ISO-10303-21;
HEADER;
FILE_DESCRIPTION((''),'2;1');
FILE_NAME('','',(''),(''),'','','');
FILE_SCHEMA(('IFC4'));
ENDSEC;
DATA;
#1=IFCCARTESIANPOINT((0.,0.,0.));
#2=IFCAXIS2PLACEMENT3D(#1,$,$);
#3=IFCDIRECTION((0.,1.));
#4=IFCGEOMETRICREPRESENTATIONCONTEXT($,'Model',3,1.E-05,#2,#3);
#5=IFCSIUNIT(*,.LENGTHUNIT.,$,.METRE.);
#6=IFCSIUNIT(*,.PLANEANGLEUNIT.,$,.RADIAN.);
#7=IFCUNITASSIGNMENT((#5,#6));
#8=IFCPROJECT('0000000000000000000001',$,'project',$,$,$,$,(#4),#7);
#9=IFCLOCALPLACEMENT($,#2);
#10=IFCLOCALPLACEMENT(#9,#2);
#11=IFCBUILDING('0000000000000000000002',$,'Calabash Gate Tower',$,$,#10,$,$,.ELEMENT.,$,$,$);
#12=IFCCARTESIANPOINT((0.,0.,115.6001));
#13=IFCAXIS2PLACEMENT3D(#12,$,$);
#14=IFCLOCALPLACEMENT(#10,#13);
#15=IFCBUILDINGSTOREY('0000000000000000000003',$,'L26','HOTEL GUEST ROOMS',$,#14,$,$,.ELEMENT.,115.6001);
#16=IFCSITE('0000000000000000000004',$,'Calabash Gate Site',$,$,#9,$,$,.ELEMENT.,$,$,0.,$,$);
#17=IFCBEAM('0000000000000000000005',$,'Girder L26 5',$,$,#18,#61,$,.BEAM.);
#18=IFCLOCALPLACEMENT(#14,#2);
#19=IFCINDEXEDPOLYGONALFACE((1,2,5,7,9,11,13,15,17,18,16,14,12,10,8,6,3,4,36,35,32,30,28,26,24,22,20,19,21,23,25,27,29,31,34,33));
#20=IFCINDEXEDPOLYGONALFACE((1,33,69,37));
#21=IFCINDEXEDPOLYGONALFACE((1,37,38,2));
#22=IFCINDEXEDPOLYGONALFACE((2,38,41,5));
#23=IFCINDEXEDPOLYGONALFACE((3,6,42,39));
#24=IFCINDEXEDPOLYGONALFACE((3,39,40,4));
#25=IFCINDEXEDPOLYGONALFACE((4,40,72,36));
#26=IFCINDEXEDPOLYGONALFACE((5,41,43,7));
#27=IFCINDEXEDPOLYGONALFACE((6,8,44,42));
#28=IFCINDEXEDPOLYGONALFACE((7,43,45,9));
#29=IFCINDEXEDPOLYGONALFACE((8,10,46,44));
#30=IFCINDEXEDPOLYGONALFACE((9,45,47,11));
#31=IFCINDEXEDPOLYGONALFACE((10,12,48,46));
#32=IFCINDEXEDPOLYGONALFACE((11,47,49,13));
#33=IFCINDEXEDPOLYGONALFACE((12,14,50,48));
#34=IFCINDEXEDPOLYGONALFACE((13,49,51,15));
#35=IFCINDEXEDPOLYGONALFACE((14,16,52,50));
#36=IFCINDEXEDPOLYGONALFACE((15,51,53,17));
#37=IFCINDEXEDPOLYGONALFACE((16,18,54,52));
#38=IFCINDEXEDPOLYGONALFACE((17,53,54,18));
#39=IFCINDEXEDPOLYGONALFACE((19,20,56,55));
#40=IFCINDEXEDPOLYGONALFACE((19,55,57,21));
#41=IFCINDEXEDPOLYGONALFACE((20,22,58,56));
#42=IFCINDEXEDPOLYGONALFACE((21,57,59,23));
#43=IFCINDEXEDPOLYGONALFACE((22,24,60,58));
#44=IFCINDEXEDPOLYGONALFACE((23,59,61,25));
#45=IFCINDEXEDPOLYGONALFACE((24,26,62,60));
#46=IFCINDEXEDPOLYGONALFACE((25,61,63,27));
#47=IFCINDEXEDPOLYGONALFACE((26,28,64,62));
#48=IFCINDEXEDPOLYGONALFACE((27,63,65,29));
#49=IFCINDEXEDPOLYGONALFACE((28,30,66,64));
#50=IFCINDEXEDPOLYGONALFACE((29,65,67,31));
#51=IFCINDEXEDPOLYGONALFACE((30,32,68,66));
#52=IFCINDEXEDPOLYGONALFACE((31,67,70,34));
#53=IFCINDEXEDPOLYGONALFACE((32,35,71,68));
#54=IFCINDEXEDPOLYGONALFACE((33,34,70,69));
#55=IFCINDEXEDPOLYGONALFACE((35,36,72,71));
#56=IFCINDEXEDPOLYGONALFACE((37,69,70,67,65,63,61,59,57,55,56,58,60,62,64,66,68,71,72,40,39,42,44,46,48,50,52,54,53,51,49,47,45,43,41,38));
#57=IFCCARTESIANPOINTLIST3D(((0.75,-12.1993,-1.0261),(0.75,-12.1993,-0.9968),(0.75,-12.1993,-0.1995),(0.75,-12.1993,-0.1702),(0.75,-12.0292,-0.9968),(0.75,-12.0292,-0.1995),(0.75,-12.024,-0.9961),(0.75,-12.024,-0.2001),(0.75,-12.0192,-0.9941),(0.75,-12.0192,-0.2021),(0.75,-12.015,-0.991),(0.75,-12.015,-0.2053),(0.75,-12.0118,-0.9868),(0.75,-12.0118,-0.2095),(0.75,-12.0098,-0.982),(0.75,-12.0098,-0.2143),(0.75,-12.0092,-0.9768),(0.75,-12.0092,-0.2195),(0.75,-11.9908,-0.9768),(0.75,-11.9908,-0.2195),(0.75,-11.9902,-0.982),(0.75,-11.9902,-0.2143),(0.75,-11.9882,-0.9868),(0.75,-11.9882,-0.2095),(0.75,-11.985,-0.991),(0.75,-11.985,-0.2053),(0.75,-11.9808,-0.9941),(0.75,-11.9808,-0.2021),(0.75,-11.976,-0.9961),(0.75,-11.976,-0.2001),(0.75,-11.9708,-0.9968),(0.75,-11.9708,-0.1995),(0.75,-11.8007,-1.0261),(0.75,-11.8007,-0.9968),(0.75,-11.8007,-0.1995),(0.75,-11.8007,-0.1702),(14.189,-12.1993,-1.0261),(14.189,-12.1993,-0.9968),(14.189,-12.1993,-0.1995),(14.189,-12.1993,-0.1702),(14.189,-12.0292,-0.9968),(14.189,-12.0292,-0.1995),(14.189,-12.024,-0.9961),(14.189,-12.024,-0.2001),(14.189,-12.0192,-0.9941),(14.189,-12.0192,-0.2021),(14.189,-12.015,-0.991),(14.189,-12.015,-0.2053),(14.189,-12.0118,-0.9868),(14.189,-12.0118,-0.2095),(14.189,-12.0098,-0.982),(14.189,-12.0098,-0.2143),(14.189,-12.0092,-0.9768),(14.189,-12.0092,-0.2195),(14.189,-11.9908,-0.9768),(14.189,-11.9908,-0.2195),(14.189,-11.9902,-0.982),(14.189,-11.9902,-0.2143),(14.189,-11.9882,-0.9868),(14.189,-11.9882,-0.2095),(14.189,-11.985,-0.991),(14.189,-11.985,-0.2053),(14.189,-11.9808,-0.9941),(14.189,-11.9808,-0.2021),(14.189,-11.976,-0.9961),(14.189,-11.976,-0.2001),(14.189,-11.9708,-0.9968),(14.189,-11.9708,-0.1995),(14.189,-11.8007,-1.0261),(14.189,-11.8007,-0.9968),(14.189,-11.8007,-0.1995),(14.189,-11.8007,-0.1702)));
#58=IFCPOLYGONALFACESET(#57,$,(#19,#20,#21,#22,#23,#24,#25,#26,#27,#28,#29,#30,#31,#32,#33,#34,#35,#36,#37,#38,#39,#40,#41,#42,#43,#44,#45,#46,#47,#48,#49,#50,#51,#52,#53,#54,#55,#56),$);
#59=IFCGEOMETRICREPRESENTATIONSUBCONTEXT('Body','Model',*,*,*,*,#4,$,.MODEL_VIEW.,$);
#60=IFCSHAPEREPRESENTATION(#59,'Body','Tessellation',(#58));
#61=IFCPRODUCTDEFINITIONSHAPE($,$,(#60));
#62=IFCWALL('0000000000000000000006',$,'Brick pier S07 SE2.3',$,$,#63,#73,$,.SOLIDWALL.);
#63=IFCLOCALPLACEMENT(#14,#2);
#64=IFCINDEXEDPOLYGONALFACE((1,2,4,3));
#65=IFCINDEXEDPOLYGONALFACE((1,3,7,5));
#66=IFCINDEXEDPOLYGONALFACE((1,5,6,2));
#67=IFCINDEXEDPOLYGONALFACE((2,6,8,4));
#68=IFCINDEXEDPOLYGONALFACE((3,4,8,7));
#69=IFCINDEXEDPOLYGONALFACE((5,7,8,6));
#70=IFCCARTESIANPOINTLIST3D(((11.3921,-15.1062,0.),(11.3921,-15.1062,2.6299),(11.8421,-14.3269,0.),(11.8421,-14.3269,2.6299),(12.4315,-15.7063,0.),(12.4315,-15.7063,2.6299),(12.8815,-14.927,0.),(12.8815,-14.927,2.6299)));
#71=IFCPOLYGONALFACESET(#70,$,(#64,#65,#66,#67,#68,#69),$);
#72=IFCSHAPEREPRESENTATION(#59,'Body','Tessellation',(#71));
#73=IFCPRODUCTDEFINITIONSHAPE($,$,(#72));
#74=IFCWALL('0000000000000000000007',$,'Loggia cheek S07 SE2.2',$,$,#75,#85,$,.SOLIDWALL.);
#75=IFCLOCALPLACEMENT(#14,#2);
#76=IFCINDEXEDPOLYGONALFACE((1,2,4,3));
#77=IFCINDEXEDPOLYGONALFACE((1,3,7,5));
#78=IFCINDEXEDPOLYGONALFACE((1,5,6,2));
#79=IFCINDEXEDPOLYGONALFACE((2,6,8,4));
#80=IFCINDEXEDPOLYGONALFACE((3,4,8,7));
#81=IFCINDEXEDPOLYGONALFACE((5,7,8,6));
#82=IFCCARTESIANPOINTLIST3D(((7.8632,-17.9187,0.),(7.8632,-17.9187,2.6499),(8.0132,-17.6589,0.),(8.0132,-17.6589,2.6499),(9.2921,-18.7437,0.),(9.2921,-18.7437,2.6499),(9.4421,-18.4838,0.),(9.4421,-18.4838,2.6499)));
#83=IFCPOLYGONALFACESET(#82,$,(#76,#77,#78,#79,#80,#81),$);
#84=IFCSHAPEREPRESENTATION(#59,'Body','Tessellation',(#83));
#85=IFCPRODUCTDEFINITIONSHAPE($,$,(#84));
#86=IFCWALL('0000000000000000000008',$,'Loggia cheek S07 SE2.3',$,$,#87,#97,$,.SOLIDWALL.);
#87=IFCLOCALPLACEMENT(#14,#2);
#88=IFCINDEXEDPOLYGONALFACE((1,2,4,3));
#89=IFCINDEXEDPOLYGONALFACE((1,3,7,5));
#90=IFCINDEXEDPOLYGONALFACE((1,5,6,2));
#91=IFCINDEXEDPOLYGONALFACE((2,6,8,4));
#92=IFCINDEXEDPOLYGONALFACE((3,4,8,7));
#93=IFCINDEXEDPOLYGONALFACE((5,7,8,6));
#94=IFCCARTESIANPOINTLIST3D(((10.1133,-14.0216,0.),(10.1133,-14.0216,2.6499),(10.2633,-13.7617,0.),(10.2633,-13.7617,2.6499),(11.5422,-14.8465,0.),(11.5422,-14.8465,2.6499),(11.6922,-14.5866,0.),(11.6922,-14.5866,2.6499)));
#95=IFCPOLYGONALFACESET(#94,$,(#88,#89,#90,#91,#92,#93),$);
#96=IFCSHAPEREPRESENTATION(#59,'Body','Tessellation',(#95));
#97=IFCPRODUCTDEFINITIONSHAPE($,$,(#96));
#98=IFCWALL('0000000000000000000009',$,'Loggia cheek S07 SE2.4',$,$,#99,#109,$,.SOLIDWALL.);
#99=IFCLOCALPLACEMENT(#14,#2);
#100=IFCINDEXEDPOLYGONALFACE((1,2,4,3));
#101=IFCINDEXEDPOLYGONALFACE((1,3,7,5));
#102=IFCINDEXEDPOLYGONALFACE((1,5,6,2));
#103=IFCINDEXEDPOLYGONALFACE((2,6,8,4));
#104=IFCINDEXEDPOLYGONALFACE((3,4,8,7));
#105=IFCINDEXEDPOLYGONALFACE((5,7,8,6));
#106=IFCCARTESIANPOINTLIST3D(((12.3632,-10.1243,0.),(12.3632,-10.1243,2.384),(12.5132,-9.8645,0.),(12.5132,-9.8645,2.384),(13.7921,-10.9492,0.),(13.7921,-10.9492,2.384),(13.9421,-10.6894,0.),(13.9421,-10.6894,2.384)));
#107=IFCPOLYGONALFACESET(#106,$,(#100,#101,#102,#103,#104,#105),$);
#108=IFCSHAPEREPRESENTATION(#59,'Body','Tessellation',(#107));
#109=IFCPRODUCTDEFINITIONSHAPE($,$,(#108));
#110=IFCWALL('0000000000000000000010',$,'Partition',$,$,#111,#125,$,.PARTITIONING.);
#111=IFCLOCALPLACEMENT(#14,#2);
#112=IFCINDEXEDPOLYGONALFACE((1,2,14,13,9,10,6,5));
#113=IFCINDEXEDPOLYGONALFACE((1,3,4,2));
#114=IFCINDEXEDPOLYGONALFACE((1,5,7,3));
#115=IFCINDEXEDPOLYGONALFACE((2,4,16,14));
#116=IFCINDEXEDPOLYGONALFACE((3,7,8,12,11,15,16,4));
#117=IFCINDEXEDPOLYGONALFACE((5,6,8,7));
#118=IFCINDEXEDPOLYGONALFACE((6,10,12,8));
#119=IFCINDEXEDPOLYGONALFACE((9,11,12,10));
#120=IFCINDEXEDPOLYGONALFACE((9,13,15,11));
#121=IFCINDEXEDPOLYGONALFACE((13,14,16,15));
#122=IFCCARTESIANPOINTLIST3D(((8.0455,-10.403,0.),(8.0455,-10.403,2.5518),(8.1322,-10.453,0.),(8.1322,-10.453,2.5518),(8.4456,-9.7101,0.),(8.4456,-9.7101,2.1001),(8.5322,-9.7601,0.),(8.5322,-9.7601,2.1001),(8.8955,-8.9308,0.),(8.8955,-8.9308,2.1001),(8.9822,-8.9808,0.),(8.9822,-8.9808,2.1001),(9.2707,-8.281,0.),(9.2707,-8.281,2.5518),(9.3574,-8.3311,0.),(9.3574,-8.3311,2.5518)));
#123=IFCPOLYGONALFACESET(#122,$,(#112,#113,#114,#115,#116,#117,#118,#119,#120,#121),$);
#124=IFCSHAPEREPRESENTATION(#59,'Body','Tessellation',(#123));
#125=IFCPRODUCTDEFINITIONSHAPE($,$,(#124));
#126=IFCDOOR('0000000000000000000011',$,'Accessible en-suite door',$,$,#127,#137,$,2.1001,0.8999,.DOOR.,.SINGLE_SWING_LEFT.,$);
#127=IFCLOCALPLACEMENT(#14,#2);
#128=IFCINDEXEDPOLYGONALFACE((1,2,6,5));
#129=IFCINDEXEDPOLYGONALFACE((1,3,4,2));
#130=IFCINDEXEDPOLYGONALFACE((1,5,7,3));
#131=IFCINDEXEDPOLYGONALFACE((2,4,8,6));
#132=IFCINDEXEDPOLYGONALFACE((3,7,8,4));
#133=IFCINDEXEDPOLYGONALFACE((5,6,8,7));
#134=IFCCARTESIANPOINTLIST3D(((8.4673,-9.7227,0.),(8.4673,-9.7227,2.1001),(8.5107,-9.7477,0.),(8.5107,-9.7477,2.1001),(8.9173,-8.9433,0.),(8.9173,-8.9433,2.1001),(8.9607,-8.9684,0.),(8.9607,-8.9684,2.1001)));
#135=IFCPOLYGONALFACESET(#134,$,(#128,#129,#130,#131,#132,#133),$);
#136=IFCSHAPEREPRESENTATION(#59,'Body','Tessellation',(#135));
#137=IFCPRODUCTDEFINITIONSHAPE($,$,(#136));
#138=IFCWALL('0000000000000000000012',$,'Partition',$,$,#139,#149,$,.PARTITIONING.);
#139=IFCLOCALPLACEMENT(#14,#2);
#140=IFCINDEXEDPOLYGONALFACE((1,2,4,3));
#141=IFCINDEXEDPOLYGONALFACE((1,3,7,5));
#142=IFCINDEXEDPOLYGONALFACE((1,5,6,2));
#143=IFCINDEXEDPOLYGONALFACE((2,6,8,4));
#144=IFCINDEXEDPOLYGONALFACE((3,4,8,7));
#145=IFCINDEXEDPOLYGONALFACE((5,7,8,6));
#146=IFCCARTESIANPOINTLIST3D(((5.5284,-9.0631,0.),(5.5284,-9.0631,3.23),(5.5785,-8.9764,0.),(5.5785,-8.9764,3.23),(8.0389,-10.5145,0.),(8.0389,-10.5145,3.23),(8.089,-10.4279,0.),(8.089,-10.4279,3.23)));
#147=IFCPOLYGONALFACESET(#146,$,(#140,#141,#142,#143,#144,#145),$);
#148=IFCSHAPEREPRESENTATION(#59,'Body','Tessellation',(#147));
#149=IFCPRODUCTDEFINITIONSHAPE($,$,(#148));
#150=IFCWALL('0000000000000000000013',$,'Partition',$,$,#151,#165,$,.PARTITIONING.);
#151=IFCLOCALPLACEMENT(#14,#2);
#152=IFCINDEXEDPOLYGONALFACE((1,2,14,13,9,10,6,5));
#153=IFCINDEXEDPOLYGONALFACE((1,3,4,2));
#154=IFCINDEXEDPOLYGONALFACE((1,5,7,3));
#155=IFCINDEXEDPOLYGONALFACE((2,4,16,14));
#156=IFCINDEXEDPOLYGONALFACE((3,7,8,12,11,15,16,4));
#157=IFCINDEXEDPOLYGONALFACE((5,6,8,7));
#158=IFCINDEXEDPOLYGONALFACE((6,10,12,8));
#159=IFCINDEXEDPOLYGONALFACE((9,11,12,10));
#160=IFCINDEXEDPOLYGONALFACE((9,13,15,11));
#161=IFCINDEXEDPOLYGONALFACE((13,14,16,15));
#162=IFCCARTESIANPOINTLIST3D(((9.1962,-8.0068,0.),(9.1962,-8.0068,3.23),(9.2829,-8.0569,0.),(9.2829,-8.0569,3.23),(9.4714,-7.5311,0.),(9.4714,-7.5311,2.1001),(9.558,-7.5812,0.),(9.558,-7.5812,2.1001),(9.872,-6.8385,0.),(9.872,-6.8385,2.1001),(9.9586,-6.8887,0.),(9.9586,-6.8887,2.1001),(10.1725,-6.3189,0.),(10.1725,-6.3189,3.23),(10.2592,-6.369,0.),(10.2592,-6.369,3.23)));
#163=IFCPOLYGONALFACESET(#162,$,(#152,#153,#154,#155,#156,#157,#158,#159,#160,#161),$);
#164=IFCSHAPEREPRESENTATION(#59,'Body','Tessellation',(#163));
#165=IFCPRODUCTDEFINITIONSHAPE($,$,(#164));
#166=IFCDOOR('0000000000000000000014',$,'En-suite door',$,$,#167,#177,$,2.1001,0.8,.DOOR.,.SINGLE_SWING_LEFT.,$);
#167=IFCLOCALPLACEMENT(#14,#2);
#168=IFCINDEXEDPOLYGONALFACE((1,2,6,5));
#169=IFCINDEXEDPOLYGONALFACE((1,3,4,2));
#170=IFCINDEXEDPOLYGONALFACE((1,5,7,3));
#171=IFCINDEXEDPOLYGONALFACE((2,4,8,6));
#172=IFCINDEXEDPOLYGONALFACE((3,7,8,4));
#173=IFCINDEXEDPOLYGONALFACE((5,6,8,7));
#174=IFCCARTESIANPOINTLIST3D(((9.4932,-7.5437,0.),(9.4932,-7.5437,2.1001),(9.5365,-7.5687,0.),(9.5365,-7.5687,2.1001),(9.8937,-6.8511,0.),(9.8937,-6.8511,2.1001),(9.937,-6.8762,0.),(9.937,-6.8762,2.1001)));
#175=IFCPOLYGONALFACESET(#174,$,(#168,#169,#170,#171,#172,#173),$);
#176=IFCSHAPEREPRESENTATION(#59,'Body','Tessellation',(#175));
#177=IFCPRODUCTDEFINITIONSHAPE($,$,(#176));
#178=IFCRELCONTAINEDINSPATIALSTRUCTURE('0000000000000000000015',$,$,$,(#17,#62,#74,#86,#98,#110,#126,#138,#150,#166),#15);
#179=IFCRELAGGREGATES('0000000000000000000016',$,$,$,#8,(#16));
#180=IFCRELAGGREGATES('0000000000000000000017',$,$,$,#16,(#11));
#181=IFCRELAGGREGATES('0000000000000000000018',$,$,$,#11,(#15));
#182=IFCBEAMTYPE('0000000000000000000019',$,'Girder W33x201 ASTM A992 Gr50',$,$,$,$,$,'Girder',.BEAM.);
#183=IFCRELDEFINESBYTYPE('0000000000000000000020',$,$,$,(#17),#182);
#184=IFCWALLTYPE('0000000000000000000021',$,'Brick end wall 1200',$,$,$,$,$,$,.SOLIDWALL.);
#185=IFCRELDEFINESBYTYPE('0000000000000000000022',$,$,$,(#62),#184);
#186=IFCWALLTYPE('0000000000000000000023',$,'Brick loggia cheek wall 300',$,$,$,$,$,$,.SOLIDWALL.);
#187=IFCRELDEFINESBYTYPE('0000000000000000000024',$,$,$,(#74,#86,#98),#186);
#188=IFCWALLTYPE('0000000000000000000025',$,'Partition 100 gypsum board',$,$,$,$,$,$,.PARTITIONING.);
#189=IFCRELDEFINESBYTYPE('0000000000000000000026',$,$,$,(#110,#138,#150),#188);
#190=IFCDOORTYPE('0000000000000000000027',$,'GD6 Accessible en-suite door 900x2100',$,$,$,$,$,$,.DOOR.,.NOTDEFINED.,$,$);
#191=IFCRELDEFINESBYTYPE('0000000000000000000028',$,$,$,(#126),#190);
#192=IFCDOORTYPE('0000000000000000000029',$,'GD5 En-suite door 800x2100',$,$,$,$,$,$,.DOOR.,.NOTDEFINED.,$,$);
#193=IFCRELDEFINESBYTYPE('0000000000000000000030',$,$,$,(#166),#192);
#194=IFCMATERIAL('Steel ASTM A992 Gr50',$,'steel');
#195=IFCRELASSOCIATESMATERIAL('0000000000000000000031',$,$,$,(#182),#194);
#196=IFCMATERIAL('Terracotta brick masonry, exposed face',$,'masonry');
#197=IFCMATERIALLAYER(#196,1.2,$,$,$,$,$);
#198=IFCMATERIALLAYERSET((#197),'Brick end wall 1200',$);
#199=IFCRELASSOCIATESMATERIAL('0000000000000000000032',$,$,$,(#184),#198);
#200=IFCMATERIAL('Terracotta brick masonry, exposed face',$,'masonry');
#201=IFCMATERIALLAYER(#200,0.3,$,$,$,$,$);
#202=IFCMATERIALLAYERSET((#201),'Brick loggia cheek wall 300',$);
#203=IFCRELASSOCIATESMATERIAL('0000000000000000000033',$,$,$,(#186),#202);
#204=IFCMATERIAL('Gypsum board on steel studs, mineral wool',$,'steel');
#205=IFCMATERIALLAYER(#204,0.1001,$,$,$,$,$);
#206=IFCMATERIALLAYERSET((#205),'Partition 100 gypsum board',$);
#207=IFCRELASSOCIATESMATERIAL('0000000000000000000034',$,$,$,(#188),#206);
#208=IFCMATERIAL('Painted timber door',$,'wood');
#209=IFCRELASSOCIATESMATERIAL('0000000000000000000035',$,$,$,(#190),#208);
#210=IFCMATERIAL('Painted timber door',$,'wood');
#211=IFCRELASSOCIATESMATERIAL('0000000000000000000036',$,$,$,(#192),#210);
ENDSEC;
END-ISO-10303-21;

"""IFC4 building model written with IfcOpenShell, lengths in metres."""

from ifc_helpers import new_model, si_unit, direction, frame, frame_2d, origin, origin_2d, place, context, subcontext, project, spatial, rectangle, i_section, extrude, material, layer, layer_set, material_profile, profile_set, type_object, element, fill, save


model = new_model("IFC4")

# Units and contexts
model_context = context("Model", 3, precision=1e-05, world=origin(), true_north=direction((0.0, 1.0)))
body_context = subcontext(model_context, "Body", "Model", "MODEL_VIEW")
ifc_project = project(units=[si_unit("LENGTHUNIT", "METRE"), si_unit("PLANEANGLEUNIT", "RADIAN")], contexts=[model_context])

# Site, building, storey
site_placement = place(None, origin())
site = spatial("IfcSite", under=ifc_project, at=site_placement, Name="Calabash Gate Site", CompositionType="ELEMENT", RefElevation=0.0)
building_placement = place(site_placement, origin())
building = spatial("IfcBuilding", under=site, at=building_placement, Name="Calabash Gate Tower", CompositionType="ELEMENT")
storey_placement = place(building_placement, frame((0.0, 0.0, 115.6001)))
storey = spatial("IfcBuildingStorey", under=building, at=storey_placement, Name="L26", Description="HOTEL GUEST ROOMS", CompositionType="ELEMENT", Elevation=115.6001)

# Beam
ifc_material_1 = material(Name="Steel ASTM A992 Gr50", Category="steel")
ifc_material_profile_1 = material_profile(ifc_material_1, i_section(OverallWidth=0.3987, OverallDepth=0.856, WebThickness=0.0183, FlangeThickness=0.0293, FilletRadius=0.02, at=origin_2d()))
ifc_profile_set_1 = profile_set([ifc_material_profile_1], Name="Steel ASTM A992 Gr50")
beam_type_1 = type_object("IfcBeamType", Name="Girder W33x201 ASTM A992 Gr50", ElementType="Girder", PredefinedType="BEAM", material=ifc_profile_set_1)
beam_1_placement = place(storey_placement, frame((0.75, -12.0, -0.5981), z_axis=(1.0, 0.0, 0.0), x_axis=(0.0, 1.0, 0.0)))
element("IfcBeam", 1, at=beam_1_placement, inside=storey, type_object=beam_type_1, Name="Girder L26 5", PredefinedType="BEAM", context=body_context, shape_type="SweptSolid", body=[
    extrude(i_section(OverallWidth=0.3987, OverallDepth=0.856, WebThickness=0.0183, FlangeThickness=0.0293, FilletRadius=0.02, at=origin_2d()), origin(), (0.0, 0.0, 1.0), 13.439),
])

# Walls
ifc_material_2 = material(Name="Terracotta brick masonry, exposed face", Category="masonry")
ifc_layer_1 = layer(ifc_material_2, 1.2)
ifc_layer_set_1 = layer_set([ifc_layer_1], Name="Brick end wall 1200")
wall_type_1 = type_object("IfcWallType", Name="Brick end wall 1200", PredefinedType="SOLIDWALL", material=ifc_layer_set_1)
wall_1_placement = place(storey_placement, frame((12.6565, -15.3167, 0.0), z_axis=(0.0, 0.0, 1.0), x_axis=(-0.866006, 0.500034, 0.0)))
element("IfcWall", 2, at=wall_1_placement, inside=storey, type_object=wall_type_1, Name="Brick pier S07 SE2.3", PredefinedType="SOLIDWALL", context=body_context, shape_type="SweptSolid", body=[
    extrude(rectangle(XDim=1.2002, YDim=0.8999, at=frame_2d((0.6001, 0.0))), origin(), (0.0, 0.0, 1.0), 2.6299),
])
ifc_material_3 = material(Name="Terracotta brick masonry, exposed face", Category="masonry")
ifc_layer_2 = layer(ifc_material_3, 0.3)
ifc_layer_set_2 = layer_set([ifc_layer_2], Name="Brick loggia cheek wall 300")
wall_type_2 = type_object("IfcWallType", Name="Brick loggia cheek wall 300", PredefinedType="SOLIDWALL", material=ifc_layer_set_2)
for number, where, z_axis, x_axis, name in (
    (3, (7.9382, -17.7888, 0.0), (0.0, 0.0, 1.0), (0.86604, -0.499974, 0.0), "Loggia cheek S07 SE2.2"),
    (4, (11.6172, -14.7166, 0.0), (0.0, 0.0, 1.0), (-0.86604, 0.499974, 0.0), "Loggia cheek S07 SE2.3"),
):
    element("IfcWall", number, at=place(storey_placement, frame(where, z_axis=z_axis, x_axis=x_axis)), inside=storey, type_object=wall_type_2, Name=name, PredefinedType="SOLIDWALL", context=body_context, shape_type="SweptSolid", body=[
        extrude(rectangle(XDim=1.6499, YDim=0.3, at=frame_2d((0.825, 0.0))), origin(), (0.0, 0.0, 1.0), 2.6499),
    ])
wall_2_placement = place(storey_placement, frame((12.4382, -9.9944, 0.0), z_axis=(0.0, 0.0, 1.0), x_axis=(0.86604, -0.499974, 0.0)))
element("IfcWall", 5, at=wall_2_placement, inside=storey, type_object=wall_type_2, Name="Loggia cheek S07 SE2.4", PredefinedType="SOLIDWALL", context=body_context, shape_type="SweptSolid", body=[
    extrude(rectangle(XDim=1.6499, YDim=0.3, at=frame_2d((0.825, 0.0))), origin(), (0.0, 0.0, 1.0), 2.384),
])

# Wall, opening, door
ifc_material_4 = material(Name="Gypsum board on steel studs, mineral wool", Category="steel")
ifc_layer_3 = layer(ifc_material_4, 0.1001)
ifc_layer_set_3 = layer_set([ifc_layer_3], Name="Partition 100 gypsum board")
wall_type_3 = type_object("IfcWallType", Name="Partition 100 gypsum board", PredefinedType="PARTITIONING", material=ifc_layer_set_3)
wall_3_placement = place(storey_placement, frame((8.0889, -10.428, 0.0), z_axis=(0.0, 0.0, 1.0), x_axis=(0.500019, 0.866015, 0.0)))
wall_3 = element("IfcWall", 6, at=wall_3_placement, inside=storey, type_object=wall_type_3, Name="Partition", PredefinedType="PARTITIONING", context=body_context, shape_type="SweptSolid", body=[
    extrude(rectangle(XDim=2.4502, YDim=0.1001, at=frame_2d((1.2251, 0.0))), origin(), (0.0, 0.0, 1.0), 2.5518),
])
opening_1_placement = place(wall_3_placement, frame((0.8, 0.0, 0.0)))
opening_1 = element("IfcOpeningElement", 7, at=opening_1_placement, cuts=wall_3, PredefinedType="OPENING", context=body_context, shape_type="SweptSolid", body=[
    extrude(rectangle(XDim=0.8999, YDim=2.1001, at=frame_2d((0.45, 1.05))), frame((0.0, 0.0601, 0.0), z_axis=(0.0, -1.0, 0.0), x_axis=(1.0, 0.0, 0.0)), (0.0, 0.0, 1.0), 0.1201),
])
ifc_material_5 = material(Name="Painted timber door", Category="wood")
door_type_1 = type_object("IfcDoorType", Name="GD6 Accessible en-suite door 900x2100", OperationType="NOTDEFINED", PredefinedType="DOOR", material=ifc_material_5)
door_1_placement = place(opening_1_placement, origin())
door_1 = element("IfcDoor", 8, at=door_1_placement, inside=storey, type_object=door_type_1, Name="Accessible en-suite door", OperationType="SINGLE_SWING_LEFT", OverallHeight=2.1001, OverallWidth=0.8999, PredefinedType="DOOR", context=body_context, shape_type="SweptSolid", body=[
    extrude(rectangle(XDim=0.8999, YDim=2.1001, at=frame_2d((0.45, 1.05))), frame((0.0, 0.0249, 0.0), z_axis=(0.0, -1.0, 0.0), x_axis=(1.0, 0.0, 0.0)), (0.0, 0.0, 1.0), 0.05),
])
fill(opening_1, door_1)

# Wall
wall_4_placement = place(storey_placement, frame((5.5535, -9.0198, 0.0), z_axis=(0.0, 0.0, 1.0), x_axis=(0.86573, -0.500512, 0.0)))
element("IfcWall", 9, at=wall_4_placement, inside=storey, type_object=wall_type_3, Name="Partition", PredefinedType="PARTITIONING", context=body_context, shape_type="SweptSolid", body=[
    extrude(rectangle(XDim=2.8999, YDim=0.1001, at=frame_2d((1.45, 0.0))), origin(), (0.0, 0.0, 1.0), 3.23),
])

# Wall, opening, door
wall_5_placement = place(storey_placement, frame((9.2395, -8.032, 0.0), z_axis=(0.0, 0.0, 1.0), x_axis=(0.500676, 0.865635, 0.0)))
wall_5 = element("IfcWall", 10, at=wall_5_placement, inside=storey, type_object=wall_type_3, Name="Partition", PredefinedType="PARTITIONING", context=body_context, shape_type="SweptSolid", body=[
    extrude(rectangle(XDim=1.95, YDim=0.1001, at=frame_2d((0.9751, 0.0))), origin(), (0.0, 0.0, 1.0), 3.23),
])
opening_2_placement = place(wall_5_placement, frame((0.5498, 0.0, 0.0)))
opening_2 = element("IfcOpeningElement", 11, at=opening_2_placement, cuts=wall_5, PredefinedType="OPENING", context=body_context, shape_type="SweptSolid", body=[
    extrude(rectangle(XDim=0.8, YDim=2.1001, at=frame_2d((0.3999, 1.05))), frame((0.0, 0.0601, 0.0), z_axis=(0.0, -1.0, 0.0), x_axis=(1.0, 0.0, 0.0)), (0.0, 0.0, 1.0), 0.1201),
])
ifc_material_6 = material(Name="Painted timber door", Category="wood")
door_type_2 = type_object("IfcDoorType", Name="GD5 En-suite door 800x2100", OperationType="NOTDEFINED", PredefinedType="DOOR", material=ifc_material_6)
door_2_placement = place(opening_2_placement, origin())
door_2 = element("IfcDoor", 12, at=door_2_placement, inside=storey, type_object=door_type_2, Name="En-suite door", OperationType="SINGLE_SWING_LEFT", OverallHeight=2.1001, OverallWidth=0.8, PredefinedType="DOOR", context=body_context, shape_type="SweptSolid", body=[
    extrude(rectangle(XDim=0.8, YDim=2.1001, at=frame_2d((0.3999, 1.05))), frame((0.0, 0.0249, 0.0), z_axis=(0.0, -1.0, 0.0), x_axis=(1.0, 0.0, 0.0)), (0.0, 0.0, 1.0), 0.05),
])
fill(opening_2, door_2)

save(model, "model.ifc")
